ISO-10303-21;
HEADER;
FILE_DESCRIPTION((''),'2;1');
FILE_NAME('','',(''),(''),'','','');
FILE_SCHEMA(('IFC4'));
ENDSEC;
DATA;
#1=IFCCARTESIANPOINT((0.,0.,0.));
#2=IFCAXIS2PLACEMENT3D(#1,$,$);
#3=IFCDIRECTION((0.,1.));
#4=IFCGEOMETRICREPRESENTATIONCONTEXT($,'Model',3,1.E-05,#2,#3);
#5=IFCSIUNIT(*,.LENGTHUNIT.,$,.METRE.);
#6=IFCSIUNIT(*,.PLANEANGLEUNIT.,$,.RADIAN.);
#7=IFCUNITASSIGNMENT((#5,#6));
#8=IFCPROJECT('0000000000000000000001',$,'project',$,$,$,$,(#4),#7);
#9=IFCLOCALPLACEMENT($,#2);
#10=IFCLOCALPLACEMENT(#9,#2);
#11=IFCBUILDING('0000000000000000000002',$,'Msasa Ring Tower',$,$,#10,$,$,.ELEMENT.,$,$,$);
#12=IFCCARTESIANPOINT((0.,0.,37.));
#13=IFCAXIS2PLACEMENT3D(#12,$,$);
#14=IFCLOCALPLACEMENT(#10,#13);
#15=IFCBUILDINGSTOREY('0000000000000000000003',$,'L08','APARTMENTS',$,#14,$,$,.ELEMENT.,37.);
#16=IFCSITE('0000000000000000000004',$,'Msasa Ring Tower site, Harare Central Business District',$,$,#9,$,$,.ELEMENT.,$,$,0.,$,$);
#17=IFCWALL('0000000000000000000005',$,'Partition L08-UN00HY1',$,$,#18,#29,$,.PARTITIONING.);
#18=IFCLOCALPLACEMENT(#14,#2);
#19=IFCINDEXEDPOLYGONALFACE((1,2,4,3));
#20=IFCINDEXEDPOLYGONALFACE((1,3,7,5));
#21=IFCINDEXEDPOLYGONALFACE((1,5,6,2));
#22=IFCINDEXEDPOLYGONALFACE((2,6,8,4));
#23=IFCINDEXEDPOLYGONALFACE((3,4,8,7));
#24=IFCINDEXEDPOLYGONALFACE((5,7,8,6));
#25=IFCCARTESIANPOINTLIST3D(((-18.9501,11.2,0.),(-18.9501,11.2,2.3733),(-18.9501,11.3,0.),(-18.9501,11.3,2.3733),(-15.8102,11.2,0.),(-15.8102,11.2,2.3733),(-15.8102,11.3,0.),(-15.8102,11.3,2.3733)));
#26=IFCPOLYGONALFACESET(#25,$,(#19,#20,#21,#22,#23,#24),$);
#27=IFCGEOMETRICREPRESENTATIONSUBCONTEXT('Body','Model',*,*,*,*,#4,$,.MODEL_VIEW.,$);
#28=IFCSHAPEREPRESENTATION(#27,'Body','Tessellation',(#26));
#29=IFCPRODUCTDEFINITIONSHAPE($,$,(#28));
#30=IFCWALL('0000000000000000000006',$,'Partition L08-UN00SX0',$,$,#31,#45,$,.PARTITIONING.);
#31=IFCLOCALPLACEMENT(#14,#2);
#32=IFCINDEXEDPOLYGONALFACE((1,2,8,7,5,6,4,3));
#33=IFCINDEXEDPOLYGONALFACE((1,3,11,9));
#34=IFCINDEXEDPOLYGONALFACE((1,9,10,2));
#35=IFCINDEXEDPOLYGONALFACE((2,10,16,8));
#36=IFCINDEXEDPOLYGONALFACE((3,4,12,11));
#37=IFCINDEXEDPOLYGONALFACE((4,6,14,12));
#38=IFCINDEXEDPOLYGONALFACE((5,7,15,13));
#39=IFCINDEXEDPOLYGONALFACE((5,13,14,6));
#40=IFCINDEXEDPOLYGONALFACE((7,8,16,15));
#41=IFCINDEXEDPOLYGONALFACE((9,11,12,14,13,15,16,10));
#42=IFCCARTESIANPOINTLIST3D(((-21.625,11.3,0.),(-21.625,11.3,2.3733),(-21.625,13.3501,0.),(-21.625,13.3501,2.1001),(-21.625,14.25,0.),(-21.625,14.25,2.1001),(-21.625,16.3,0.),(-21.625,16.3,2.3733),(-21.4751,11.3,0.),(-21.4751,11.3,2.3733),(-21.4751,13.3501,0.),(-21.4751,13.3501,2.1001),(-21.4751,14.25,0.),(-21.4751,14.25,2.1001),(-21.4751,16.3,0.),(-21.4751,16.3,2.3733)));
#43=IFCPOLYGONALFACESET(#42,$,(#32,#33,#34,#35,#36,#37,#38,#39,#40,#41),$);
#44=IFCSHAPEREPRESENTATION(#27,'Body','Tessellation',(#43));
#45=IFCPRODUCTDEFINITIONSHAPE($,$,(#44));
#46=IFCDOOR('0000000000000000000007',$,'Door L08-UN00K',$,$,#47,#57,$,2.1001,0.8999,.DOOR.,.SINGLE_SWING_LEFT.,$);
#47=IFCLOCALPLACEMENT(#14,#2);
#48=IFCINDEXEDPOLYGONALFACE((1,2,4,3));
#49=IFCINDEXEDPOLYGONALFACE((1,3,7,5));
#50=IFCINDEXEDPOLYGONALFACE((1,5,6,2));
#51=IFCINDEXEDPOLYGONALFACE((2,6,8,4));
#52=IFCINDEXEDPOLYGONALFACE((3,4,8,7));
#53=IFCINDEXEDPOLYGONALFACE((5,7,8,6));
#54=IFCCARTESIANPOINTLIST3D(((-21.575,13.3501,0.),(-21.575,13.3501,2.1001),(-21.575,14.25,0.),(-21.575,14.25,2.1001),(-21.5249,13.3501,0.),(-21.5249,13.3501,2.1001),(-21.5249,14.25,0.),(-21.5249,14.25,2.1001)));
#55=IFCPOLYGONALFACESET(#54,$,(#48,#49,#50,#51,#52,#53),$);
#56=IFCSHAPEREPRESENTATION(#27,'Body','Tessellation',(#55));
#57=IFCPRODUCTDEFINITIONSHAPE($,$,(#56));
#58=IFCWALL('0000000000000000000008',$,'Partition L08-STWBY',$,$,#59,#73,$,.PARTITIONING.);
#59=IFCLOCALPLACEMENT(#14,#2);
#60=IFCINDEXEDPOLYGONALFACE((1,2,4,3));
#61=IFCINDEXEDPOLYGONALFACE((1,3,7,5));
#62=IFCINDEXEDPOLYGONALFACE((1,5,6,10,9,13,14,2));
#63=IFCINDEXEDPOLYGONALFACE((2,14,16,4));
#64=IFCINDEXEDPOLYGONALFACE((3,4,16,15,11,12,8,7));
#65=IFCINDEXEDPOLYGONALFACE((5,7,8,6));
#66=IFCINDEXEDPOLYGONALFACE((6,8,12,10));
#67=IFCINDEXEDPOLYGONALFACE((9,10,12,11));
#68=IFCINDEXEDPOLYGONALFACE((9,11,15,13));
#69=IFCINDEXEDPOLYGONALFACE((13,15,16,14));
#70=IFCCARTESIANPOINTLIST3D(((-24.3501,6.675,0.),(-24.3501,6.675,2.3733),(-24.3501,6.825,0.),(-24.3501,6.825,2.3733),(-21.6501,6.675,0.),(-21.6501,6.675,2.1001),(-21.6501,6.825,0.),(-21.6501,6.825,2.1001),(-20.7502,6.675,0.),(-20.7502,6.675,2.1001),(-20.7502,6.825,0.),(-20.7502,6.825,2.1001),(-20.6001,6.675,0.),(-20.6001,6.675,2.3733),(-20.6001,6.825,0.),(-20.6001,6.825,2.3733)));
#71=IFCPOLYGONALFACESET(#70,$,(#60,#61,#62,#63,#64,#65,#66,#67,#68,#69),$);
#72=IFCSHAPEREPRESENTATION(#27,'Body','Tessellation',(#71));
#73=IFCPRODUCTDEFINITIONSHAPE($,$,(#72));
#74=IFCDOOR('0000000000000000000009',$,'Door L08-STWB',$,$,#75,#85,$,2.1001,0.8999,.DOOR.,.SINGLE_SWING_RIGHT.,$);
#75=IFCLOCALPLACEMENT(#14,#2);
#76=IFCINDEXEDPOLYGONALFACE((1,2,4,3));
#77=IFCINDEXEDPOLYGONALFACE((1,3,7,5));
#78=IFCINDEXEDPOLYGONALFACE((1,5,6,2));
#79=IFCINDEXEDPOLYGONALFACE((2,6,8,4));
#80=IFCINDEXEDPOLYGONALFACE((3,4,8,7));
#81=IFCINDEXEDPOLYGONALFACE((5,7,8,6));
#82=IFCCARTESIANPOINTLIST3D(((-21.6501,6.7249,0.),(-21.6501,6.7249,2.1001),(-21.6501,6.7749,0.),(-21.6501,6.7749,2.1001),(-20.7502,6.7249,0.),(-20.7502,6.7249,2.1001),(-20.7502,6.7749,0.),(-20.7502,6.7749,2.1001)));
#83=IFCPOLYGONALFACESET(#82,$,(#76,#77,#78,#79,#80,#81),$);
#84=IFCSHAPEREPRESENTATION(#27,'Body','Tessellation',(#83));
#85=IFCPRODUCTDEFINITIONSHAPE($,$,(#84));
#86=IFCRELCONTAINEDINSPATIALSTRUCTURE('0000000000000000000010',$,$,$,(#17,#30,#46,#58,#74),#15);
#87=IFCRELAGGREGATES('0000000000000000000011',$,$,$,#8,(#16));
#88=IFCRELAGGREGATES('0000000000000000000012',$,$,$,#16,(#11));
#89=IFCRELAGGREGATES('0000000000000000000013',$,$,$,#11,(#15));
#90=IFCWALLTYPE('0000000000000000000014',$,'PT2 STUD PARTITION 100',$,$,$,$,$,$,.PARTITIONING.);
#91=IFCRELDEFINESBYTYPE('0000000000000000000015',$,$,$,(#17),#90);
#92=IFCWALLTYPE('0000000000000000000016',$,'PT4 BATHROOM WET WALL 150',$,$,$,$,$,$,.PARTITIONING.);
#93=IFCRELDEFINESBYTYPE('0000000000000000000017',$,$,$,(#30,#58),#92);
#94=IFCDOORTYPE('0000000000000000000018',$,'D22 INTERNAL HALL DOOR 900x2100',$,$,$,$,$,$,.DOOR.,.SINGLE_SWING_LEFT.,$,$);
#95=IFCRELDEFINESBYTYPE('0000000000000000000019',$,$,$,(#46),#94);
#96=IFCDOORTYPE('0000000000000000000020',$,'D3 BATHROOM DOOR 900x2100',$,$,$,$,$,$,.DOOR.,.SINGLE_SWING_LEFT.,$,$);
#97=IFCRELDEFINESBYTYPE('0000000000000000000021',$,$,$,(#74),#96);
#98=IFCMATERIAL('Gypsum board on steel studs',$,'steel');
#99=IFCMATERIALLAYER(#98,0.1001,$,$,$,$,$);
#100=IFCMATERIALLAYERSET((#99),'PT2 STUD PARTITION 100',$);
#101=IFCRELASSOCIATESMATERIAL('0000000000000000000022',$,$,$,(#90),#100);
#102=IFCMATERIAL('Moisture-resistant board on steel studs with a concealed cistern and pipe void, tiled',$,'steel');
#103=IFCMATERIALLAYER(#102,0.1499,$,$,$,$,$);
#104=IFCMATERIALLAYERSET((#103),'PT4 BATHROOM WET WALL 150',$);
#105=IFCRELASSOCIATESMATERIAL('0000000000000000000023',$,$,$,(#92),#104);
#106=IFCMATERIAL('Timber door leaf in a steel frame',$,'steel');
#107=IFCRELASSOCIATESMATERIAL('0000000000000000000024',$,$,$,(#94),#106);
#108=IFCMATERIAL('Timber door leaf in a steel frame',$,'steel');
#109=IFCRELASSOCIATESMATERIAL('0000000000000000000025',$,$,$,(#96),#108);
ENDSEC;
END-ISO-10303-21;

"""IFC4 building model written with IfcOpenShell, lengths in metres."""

from ifc_helpers import new_model, si_unit, direction, frame, frame_2d, origin, place, context, subcontext, project, spatial, rectangle, extrude, material, layer, layer_set, type_object, element, fill, save


model = new_model("IFC4")

# Units and contexts
model_context = context("Model", 3, precision=1e-05, world=origin(), true_north=direction((0.0, 1.0)))
body_context = subcontext(model_context, "Body", "Model", "MODEL_VIEW")
ifc_project = project(units=[si_unit("LENGTHUNIT", "METRE"), si_unit("PLANEANGLEUNIT", "RADIAN")], contexts=[model_context])

# Site, building, storey
site_placement = place(None, origin())
site = spatial("IfcSite", under=ifc_project, at=site_placement, Name="Msasa Ring Tower site, Harare Central Business District", CompositionType="ELEMENT", RefElevation=0.0)
building_placement = place(site_placement, origin())
building = spatial("IfcBuilding", under=site, at=building_placement, Name="Msasa Ring Tower", CompositionType="ELEMENT")
storey_placement = place(building_placement, frame((0.0, 0.0, 37.0)))
storey = spatial("IfcBuildingStorey", under=building, at=storey_placement, Name="L08", Description="APARTMENTS", CompositionType="ELEMENT", Elevation=37.0)

# Wall
ifc_material_1 = material(Name="Gypsum board on steel studs", Category="steel")
ifc_layer_1 = layer(ifc_material_1, 0.1001)
ifc_layer_set_1 = layer_set([ifc_layer_1], Name="PT2 STUD PARTITION 100")
wall_type_1 = type_object("IfcWallType", Name="PT2 STUD PARTITION 100", PredefinedType="PARTITIONING", material=ifc_layer_set_1)
wall_1_placement = place(storey_placement, frame((-18.95, 11.25, 0.0), z_axis=(0.0, 0.0, 1.0), x_axis=(1.0, 0.0, 0.0)))
element("IfcWall", 1, at=wall_1_placement, inside=storey, type_object=wall_type_1, Name="Partition L08-UN00HY1", PredefinedType="PARTITIONING", context=body_context, shape_type="SweptSolid", body=[
    extrude(rectangle(XDim=3.1399, YDim=0.1001, at=frame_2d((1.5698, 0.0))), origin(), (0.0, 0.0, 1.0), 2.3733),
])

# Walls, openings, doors
ifc_material_2 = material(Name="Moisture-resistant board on steel studs with a concealed cistern and pipe void, tiled", Category="steel")
ifc_layer_2 = layer(ifc_material_2, 0.1499)
ifc_layer_set_2 = layer_set([ifc_layer_2], Name="PT4 BATHROOM WET WALL 150")
wall_type_2 = type_object("IfcWallType", Name="PT4 BATHROOM WET WALL 150", PredefinedType="PARTITIONING", material=ifc_layer_set_2)
wall_2_placement = place(storey_placement, frame((-21.55, 11.3, 0.0), z_axis=(0.0, 0.0, 1.0), x_axis=(0.0, 1.0, 0.0)))
wall_2 = element("IfcWall", 2, at=wall_2_placement, inside=storey, type_object=wall_type_2, Name="Partition L08-UN00SX0", PredefinedType="PARTITIONING", context=body_context, shape_type="SweptSolid", body=[
    extrude(rectangle(XDim=5.0, YDim=0.1499, at=frame_2d((2.5, 0.0))), origin(), (0.0, 0.0, 1.0), 2.3733),
])
opening_1_placement = place(wall_2_placement, frame((2.05, 0.0, 0.0)))
opening_1 = element("IfcOpeningElement", 3, at=opening_1_placement, cuts=wall_2, PredefinedType="OPENING", context=body_context, shape_type="SweptSolid", body=[
    extrude(rectangle(XDim=0.8999, YDim=2.1001, at=frame_2d((0.45, 1.05))), frame((0.0, 0.085, 0.0), z_axis=(0.0, -1.0, 0.0), x_axis=(1.0, 0.0, 0.0)), (0.0, 0.0, 1.0), 0.1699),
])
ifc_material_3 = material(Name="Timber door leaf in a steel frame", Category="steel")
door_type_1 = type_object("IfcDoorType", Name="D22 INTERNAL HALL DOOR 900x2100", OperationType="SINGLE_SWING_LEFT", PredefinedType="DOOR", material=ifc_material_3)
door_1_placement = place(opening_1_placement, origin())
door_1 = element("IfcDoor", 4, at=door_1_placement, inside=storey, type_object=door_type_1, Name="Door L08-UN00K", OperationType="SINGLE_SWING_LEFT", OverallHeight=2.1001, OverallWidth=0.8999, PredefinedType="DOOR", context=body_context, shape_type="SweptSolid", body=[
    extrude(rectangle(XDim=0.8999, YDim=2.1001, at=frame_2d((0.45, 1.05))), frame((0.0, 0.0249, 0.0), z_axis=(0.0, -1.0, 0.0), x_axis=(1.0, 0.0, 0.0)), (0.0, 0.0, 1.0), 0.05),
])
fill(opening_1, door_1)
wall_3_placement = place(storey_placement, frame((-24.3501, 6.75, 0.0), z_axis=(0.0, 0.0, 1.0), x_axis=(1.0, 0.0, 0.0)))
wall_3 = element("IfcWall", 5, at=wall_3_placement, inside=storey, type_object=wall_type_2, Name="Partition L08-STWBY", PredefinedType="PARTITIONING", context=body_context, shape_type="SweptSolid", body=[
    extrude(rectangle(XDim=3.75, YDim=0.1499, at=frame_2d((1.875, 0.0))), origin(), (0.0, 0.0, 1.0), 2.3733),
])
opening_2_placement = place(wall_3_placement, frame((2.7, 0.0, 0.0)))
opening_2 = element("IfcOpeningElement", 6, at=opening_2_placement, cuts=wall_3, PredefinedType="OPENING", context=body_context, shape_type="SweptSolid", body=[
    extrude(rectangle(XDim=0.8999, YDim=2.1001, at=frame_2d((0.45, 1.05))), frame((0.0, 0.085, 0.0), z_axis=(0.0, -1.0, 0.0), x_axis=(1.0, 0.0, 0.0)), (0.0, 0.0, 1.0), 0.1699),
])
ifc_material_4 = material(Name="Timber door leaf in a steel frame", Category="steel")
door_type_2 = type_object("IfcDoorType", Name="D3 BATHROOM DOOR 900x2100", OperationType="SINGLE_SWING_LEFT", PredefinedType="DOOR", material=ifc_material_4)
door_2_placement = place(opening_2_placement, origin())
door_2 = element("IfcDoor", 7, at=door_2_placement, inside=storey, type_object=door_type_2, Name="Door L08-STWB", OperationType="SINGLE_SWING_RIGHT", OverallHeight=2.1001, OverallWidth=0.8999, PredefinedType="DOOR", context=body_context, shape_type="SweptSolid", body=[
    extrude(rectangle(XDim=0.8999, YDim=2.1001, at=frame_2d((0.45, 1.05))), frame((0.0, 0.0249, 0.0), z_axis=(0.0, -1.0, 0.0), x_axis=(1.0, 0.0, 0.0)), (0.0, 0.0, 1.0), 0.05),
])
fill(opening_2, door_2)

save(model, "model.ifc")
